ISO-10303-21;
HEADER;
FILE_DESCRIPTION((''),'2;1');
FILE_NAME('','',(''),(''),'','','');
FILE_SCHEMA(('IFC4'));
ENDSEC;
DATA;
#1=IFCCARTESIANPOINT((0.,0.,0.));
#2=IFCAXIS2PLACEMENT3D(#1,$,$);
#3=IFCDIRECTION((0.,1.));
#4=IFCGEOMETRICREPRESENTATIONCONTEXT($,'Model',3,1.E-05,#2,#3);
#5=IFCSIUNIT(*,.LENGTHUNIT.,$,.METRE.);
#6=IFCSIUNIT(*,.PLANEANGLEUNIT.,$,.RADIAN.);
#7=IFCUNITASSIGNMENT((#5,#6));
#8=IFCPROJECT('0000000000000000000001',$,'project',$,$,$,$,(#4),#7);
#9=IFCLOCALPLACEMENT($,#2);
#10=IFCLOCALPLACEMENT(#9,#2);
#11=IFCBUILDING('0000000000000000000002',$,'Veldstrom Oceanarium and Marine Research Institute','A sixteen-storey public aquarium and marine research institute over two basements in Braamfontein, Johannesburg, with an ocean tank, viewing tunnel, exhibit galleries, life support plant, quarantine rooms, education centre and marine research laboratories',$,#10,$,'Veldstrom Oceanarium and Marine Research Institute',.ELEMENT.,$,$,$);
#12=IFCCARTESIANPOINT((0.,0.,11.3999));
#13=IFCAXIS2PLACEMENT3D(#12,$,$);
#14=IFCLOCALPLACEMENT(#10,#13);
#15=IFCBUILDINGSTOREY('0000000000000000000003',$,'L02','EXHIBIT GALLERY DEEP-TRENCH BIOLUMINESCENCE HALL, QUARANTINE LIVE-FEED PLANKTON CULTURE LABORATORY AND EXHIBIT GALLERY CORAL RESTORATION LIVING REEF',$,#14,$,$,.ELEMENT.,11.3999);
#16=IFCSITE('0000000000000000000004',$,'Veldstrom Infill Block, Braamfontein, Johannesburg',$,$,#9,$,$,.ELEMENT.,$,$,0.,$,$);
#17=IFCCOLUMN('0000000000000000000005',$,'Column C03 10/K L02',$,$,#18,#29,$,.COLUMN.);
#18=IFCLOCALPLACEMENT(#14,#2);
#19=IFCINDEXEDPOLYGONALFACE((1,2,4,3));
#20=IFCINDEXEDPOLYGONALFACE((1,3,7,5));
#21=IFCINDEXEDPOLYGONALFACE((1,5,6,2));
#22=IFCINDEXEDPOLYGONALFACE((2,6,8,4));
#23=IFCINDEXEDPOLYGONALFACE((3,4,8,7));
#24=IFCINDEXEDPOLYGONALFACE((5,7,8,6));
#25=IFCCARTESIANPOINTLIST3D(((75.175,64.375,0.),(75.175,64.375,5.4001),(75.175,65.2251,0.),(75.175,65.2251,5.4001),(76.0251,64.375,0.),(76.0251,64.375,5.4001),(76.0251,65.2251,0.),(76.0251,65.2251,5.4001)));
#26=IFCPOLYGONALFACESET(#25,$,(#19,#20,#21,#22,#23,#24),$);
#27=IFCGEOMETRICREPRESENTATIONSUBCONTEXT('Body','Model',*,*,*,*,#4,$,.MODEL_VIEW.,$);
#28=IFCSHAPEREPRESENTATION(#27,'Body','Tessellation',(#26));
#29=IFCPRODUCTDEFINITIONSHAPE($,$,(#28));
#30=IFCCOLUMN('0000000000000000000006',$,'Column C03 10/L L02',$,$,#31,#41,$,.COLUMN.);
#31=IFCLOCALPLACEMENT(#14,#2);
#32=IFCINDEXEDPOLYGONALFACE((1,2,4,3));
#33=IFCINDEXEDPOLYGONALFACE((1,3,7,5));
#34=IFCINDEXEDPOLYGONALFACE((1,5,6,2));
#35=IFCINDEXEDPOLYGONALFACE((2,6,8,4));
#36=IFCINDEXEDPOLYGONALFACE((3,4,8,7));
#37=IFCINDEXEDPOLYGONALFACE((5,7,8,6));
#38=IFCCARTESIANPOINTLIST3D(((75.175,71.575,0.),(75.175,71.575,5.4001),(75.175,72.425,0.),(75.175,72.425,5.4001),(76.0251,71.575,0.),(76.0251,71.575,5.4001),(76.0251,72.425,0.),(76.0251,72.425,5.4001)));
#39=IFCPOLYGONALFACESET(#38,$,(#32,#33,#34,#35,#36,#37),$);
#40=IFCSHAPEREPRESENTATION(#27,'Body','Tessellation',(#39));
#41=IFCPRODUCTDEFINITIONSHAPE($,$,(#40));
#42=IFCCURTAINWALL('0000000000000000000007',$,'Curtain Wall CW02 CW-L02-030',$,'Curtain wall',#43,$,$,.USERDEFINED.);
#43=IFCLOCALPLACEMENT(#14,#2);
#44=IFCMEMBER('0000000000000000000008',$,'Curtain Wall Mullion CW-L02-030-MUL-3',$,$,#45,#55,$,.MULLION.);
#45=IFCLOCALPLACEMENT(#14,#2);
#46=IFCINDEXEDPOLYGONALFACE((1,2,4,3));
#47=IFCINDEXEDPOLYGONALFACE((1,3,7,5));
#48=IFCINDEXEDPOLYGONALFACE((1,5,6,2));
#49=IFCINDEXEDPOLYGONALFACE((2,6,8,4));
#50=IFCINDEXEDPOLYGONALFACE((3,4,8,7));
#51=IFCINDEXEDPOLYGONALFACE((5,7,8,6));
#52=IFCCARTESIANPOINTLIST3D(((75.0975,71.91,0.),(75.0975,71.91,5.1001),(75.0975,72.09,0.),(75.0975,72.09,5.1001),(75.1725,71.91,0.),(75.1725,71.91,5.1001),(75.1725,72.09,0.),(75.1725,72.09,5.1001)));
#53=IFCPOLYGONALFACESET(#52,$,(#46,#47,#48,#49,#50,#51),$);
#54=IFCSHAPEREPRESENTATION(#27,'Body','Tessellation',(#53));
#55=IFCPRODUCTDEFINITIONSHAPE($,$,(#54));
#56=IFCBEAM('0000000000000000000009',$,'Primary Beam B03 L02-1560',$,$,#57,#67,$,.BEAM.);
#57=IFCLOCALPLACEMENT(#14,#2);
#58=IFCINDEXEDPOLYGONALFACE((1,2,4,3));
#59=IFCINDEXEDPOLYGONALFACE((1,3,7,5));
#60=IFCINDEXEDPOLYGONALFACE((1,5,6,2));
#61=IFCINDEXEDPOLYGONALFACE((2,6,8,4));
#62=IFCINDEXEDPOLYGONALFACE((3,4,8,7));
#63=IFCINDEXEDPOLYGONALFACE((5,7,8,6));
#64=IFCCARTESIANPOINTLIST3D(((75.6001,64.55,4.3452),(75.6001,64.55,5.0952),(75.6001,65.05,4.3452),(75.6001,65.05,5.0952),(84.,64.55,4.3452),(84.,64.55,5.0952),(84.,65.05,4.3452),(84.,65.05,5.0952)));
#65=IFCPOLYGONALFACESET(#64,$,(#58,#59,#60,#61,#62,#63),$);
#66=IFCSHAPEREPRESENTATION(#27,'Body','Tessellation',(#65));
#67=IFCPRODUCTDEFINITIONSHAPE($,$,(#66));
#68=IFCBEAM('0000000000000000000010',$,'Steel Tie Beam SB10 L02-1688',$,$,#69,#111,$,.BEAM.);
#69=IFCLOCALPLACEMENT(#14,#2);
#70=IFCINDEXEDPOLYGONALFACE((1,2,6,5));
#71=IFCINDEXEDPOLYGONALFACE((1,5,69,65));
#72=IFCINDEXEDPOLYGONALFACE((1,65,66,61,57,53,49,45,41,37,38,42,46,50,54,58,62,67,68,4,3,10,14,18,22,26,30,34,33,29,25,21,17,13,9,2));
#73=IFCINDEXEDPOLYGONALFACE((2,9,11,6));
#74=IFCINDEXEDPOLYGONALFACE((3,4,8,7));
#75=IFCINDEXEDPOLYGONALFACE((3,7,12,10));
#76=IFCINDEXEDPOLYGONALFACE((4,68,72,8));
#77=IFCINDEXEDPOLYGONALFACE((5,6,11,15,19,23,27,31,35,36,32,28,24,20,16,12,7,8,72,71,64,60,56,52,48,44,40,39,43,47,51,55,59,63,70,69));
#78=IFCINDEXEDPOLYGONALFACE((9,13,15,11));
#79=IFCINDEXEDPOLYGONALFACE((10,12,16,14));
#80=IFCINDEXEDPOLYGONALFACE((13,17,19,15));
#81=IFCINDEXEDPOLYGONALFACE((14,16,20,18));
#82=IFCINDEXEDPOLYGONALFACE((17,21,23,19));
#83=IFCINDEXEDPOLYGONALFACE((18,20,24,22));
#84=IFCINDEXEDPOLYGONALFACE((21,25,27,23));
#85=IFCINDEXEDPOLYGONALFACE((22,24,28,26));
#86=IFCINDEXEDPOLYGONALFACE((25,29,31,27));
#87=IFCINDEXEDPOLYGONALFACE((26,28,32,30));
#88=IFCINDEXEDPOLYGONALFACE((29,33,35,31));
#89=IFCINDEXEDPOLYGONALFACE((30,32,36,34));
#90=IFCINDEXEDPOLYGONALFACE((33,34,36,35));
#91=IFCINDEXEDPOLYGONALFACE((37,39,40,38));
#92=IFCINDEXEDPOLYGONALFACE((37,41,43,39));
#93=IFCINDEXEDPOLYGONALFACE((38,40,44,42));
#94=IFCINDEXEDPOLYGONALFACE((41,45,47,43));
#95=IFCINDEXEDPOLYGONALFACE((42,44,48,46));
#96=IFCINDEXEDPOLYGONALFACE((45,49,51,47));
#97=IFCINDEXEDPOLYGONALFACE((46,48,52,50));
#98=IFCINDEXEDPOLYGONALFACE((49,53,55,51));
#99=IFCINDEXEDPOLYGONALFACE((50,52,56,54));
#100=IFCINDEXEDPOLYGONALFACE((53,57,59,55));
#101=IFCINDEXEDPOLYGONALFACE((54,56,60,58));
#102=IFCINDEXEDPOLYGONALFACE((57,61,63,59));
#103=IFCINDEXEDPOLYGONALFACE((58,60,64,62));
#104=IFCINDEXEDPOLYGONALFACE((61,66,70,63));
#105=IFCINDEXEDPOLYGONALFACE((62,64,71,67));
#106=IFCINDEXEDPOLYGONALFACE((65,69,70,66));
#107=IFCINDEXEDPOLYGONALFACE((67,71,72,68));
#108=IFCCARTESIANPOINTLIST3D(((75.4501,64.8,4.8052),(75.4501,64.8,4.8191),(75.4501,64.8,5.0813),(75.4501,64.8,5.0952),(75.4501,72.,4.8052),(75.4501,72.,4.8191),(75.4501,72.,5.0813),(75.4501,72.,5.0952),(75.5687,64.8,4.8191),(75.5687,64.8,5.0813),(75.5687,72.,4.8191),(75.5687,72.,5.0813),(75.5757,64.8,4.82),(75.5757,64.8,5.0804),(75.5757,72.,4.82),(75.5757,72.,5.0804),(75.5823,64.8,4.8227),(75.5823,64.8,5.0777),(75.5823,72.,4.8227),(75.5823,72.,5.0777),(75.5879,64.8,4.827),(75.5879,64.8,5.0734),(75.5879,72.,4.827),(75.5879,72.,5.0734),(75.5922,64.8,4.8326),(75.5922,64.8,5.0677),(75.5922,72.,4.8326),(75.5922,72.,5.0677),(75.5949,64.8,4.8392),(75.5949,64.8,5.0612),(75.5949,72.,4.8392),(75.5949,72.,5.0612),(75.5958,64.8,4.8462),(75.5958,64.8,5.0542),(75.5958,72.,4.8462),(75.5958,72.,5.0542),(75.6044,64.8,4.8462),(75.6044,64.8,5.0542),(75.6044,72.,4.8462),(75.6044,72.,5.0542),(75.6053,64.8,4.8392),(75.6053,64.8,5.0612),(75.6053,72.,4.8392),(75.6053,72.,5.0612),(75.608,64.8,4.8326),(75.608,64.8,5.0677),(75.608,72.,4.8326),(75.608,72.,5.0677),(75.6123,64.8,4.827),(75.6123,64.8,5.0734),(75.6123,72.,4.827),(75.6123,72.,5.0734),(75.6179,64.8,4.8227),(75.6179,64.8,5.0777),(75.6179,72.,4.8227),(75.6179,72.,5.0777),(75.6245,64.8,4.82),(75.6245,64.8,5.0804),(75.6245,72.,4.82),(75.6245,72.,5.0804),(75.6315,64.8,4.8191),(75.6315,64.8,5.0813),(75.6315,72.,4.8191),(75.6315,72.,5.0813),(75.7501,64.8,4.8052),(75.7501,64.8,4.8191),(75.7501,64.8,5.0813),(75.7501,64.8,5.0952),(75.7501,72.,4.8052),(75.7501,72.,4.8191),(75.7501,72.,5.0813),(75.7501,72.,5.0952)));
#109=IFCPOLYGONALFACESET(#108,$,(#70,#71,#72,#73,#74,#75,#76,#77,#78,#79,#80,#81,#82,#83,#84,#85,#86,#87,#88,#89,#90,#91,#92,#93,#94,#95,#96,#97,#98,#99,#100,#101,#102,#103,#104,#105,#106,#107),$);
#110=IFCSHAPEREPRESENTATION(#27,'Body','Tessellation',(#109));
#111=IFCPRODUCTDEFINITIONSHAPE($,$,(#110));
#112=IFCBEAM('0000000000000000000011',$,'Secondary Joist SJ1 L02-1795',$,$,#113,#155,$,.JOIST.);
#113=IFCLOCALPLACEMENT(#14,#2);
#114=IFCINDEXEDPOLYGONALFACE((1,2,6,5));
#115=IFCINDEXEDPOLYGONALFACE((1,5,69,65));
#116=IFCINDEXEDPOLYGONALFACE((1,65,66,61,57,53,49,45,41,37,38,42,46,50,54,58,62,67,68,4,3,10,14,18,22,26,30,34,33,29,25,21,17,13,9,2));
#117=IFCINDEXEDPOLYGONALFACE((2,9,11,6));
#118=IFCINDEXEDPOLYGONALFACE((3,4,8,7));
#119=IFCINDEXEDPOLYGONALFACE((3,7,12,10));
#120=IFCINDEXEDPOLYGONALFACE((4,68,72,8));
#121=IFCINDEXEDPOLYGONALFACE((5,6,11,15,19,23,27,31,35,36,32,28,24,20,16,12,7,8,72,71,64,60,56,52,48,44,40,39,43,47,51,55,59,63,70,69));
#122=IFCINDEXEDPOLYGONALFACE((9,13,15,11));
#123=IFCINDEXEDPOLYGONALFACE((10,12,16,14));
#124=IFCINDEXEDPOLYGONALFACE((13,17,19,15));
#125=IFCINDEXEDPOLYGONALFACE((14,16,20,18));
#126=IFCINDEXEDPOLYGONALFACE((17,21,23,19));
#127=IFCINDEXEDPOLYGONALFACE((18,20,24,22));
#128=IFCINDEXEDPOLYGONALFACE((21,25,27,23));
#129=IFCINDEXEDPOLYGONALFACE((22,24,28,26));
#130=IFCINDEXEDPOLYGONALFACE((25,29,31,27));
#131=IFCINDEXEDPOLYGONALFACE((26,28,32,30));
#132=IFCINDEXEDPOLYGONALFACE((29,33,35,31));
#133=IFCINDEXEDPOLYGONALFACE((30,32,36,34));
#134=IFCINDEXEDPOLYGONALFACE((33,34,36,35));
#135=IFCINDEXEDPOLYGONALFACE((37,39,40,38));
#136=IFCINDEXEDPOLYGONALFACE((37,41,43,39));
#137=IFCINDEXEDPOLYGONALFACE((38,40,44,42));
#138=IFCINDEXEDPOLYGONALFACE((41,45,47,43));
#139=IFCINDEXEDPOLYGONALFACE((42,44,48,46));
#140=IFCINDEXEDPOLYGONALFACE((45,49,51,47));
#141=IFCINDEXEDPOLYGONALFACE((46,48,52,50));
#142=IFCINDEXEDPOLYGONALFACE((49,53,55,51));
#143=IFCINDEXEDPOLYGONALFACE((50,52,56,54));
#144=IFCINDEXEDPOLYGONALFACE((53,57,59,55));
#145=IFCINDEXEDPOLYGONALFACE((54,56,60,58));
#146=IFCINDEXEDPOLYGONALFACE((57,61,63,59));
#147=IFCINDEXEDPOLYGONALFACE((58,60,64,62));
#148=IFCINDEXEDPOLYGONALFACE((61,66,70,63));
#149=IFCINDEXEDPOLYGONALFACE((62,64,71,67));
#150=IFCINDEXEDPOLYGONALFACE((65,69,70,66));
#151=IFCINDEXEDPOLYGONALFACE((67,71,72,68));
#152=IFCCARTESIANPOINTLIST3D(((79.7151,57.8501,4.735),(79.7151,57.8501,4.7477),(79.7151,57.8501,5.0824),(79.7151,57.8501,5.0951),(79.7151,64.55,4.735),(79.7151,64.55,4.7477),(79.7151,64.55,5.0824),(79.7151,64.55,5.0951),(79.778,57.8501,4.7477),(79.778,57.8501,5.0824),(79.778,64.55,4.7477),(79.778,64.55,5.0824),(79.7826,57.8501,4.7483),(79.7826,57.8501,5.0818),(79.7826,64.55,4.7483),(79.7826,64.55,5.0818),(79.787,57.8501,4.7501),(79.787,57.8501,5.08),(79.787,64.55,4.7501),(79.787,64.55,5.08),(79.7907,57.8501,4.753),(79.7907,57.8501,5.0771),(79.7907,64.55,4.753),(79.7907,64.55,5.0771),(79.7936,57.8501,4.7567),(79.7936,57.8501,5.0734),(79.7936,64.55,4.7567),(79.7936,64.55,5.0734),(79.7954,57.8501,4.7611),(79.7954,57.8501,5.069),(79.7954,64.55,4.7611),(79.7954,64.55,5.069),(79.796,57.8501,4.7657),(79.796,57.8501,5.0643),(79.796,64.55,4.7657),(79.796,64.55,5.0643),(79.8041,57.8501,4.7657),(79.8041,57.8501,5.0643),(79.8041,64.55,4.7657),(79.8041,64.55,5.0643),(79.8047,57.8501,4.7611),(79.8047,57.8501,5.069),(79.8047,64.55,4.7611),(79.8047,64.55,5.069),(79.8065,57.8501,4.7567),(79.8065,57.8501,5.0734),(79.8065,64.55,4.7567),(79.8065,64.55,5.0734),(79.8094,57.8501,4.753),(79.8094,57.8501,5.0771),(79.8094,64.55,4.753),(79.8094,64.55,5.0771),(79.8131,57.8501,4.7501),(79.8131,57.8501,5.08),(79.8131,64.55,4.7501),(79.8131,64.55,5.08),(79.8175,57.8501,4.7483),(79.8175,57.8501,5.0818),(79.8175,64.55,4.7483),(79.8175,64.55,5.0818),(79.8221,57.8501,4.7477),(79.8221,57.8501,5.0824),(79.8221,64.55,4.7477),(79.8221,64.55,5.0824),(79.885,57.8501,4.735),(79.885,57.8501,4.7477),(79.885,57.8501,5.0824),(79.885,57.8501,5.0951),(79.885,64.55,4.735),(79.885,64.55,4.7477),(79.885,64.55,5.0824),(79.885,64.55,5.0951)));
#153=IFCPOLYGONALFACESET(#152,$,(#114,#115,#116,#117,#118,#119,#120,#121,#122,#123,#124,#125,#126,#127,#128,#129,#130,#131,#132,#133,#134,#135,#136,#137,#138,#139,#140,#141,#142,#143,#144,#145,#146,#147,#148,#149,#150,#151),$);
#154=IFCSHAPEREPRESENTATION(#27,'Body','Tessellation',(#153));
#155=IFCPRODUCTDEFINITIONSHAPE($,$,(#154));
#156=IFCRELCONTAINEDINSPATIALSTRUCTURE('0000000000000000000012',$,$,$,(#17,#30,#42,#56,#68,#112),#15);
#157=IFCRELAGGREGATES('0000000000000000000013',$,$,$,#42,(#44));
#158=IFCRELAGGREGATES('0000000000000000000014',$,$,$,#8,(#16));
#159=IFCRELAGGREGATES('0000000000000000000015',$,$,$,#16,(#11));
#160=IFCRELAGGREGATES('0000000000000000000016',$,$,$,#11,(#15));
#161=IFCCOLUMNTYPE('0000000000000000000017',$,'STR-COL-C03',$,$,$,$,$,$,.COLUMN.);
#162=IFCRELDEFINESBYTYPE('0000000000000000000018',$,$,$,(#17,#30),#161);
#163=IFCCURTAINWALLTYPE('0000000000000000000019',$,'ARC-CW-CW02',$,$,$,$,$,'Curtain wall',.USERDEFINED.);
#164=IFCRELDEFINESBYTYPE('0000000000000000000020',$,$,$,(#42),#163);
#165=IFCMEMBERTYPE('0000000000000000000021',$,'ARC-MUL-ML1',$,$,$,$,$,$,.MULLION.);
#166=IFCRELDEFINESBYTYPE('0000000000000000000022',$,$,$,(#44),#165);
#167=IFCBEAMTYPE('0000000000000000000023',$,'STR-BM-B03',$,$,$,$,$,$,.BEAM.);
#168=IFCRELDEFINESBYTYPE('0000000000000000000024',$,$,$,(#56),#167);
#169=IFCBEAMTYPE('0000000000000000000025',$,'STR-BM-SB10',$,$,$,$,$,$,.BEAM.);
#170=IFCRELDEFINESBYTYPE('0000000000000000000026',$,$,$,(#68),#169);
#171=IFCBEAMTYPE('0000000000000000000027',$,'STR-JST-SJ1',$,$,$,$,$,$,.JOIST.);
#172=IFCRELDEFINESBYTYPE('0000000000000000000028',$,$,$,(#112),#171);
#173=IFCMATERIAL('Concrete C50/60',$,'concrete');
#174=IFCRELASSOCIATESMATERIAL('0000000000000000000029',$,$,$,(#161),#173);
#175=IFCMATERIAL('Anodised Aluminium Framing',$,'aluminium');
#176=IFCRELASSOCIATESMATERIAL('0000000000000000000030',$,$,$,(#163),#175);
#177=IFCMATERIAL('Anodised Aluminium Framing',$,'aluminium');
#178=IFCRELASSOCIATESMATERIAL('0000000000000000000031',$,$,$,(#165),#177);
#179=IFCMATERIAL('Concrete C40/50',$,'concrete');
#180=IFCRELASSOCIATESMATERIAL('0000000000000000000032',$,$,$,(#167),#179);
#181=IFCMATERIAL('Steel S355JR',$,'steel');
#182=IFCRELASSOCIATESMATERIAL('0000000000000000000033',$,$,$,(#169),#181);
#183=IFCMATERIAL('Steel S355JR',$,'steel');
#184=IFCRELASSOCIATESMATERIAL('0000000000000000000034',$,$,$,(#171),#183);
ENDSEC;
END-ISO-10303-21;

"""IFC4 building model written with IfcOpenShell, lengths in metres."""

from ifc_helpers import new_model, si_unit, direction, frame, origin, origin_2d, place, context, subcontext, project, spatial, rectangle, i_section, extrude, material, material_profile, profile_set, type_object, element, aggregate, save


model = new_model("IFC4")

# Units and contexts
model_context = context("Model", 3, precision=1e-05, world=origin(), true_north=direction((0.0, 1.0)))
body_context = subcontext(model_context, "Body", "Model", "MODEL_VIEW")
ifc_project = project(units=[si_unit("LENGTHUNIT", "METRE"), si_unit("PLANEANGLEUNIT", "RADIAN")], contexts=[model_context])

# Site, building, storey
site_placement = place(None, origin())
site = spatial("IfcSite", under=ifc_project, at=site_placement, Name="Veldstrom Infill Block, Braamfontein, Johannesburg", CompositionType="ELEMENT", RefElevation=0.0)
building_placement = place(site_placement, origin())
building = spatial("IfcBuilding", under=site, at=building_placement, Name="Veldstrom Oceanarium and Marine Research Institute", Description="A sixteen-storey public aquarium and marine research institute over two basements in Braamfontein, Johannesburg, with an ocean tank, viewing tunnel, exhibit galleries, life support plant, quarantine rooms, education centre and marine research laboratories", LongName="Veldstrom Oceanarium and Marine Research Institute", CompositionType="ELEMENT")
storey_placement = place(building_placement, frame((0.0, 0.0, 11.3999)))
storey = spatial("IfcBuildingStorey", under=building, at=storey_placement, Name="L02", Description="EXHIBIT GALLERY DEEP-TRENCH BIOLUMINESCENCE HALL, QUARANTINE LIVE-FEED PLANKTON CULTURE LABORATORY AND EXHIBIT GALLERY CORAL RESTORATION LIVING REEF", CompositionType="ELEMENT", Elevation=11.3999)

# Columns
ifc_material_1 = material(Name="Concrete C50/60", Category="concrete")
ifc_material_profile_1 = material_profile(ifc_material_1, rectangle(XDim=0.8501, YDim=0.8501, at=origin_2d()), Name="RC-COL-850x850")
ifc_profile_set_1 = profile_set([ifc_material_profile_1], Name="Concrete C50/60")
column_type = type_object("IfcColumnType", Name="STR-COL-C03", PredefinedType="COLUMN", material=ifc_profile_set_1)
for number, where, z_axis, x_axis, name in (
    (1, (75.6001, 64.8, 0.0), (0.0, 0.0, 1.0), (1.0, 0.0, 0.0), "Column C03 10/K L02"),
    (2, (75.6001, 72.0, 0.0), (0.0, 0.0, 1.0), (1.0, 0.0, 0.0), "Column C03 10/L L02"),
):
    element("IfcColumn", number, at=place(storey_placement, frame(where, z_axis=z_axis, x_axis=x_axis)), inside=storey, type_object=column_type, Name=name, PredefinedType="COLUMN", context=body_context, shape_type="SweptSolid", body=[
        extrude(rectangle(XDim=0.8501, YDim=0.8501, at=origin_2d()), origin(), (0.0, 0.0, 1.0), 5.4001),
    ])

# Curtain wall, member
ifc_material_2 = material(Name="Anodised Aluminium Framing", Category="aluminium")
curtain_wall_type = type_object("IfcCurtainWallType", Name="ARC-CW-CW02", ElementType="Curtain wall", PredefinedType="USERDEFINED", material=ifc_material_2)
curtain_wall_placement = place(storey_placement, origin())
curtain_wall = element("IfcCurtainWall", 3, at=curtain_wall_placement, inside=storey, type_object=curtain_wall_type, Name="Curtain Wall CW02 CW-L02-030", ObjectType="Curtain wall", PredefinedType="USERDEFINED")
ifc_material_3 = material(Name="Anodised Aluminium Framing", Category="aluminium")
ifc_material_profile_2 = material_profile(ifc_material_3, rectangle(XDim=0.075, YDim=0.1799, at=origin_2d()), Name="ALU-MUL-75x180")
ifc_profile_set_2 = profile_set([ifc_material_profile_2], Name="Anodised Aluminium Framing")
member_type = type_object("IfcMemberType", Name="ARC-MUL-ML1", PredefinedType="MULLION", material=ifc_profile_set_2)
member_placement = place(storey_placement, frame((75.135, 72.0, 0.0), z_axis=(0.0, 0.0, 1.0), x_axis=(1.0, 0.0, 0.0)))
member = element("IfcMember", 4, at=member_placement, type_object=member_type, Name="Curtain Wall Mullion CW-L02-030-MUL-3", PredefinedType="MULLION", context=body_context, shape_type="SweptSolid", body=[
    extrude(rectangle(XDim=0.075, YDim=0.1799, at=origin_2d()), origin(), (0.0, 0.0, 1.0), 5.1001),
])
aggregate(curtain_wall, [member])

# Beams
ifc_material_4 = material(Name="Concrete C40/50", Category="concrete")
ifc_material_profile_3 = material_profile(ifc_material_4, rectangle(XDim=0.5, YDim=0.75, at=origin_2d()), Name="RC-BM-500x750")
ifc_profile_set_3 = profile_set([ifc_material_profile_3], Name="Concrete C40/50")
beam_type_1 = type_object("IfcBeamType", Name="STR-BM-B03", PredefinedType="BEAM", material=ifc_profile_set_3)
beam_1_placement = place(storey_placement, frame((75.6001, 64.8, 4.7202), z_axis=(1.0, 0.0, 0.0), x_axis=(0.0, 1.0, 0.0)))
element("IfcBeam", 5, at=beam_1_placement, inside=storey, type_object=beam_type_1, Name="Primary Beam B03 L02-1560", PredefinedType="BEAM", context=body_context, shape_type="SweptSolid", body=[
    extrude(rectangle(XDim=0.5, YDim=0.75, at=origin_2d()), origin(), (0.0, 0.0, 1.0), 8.3999),
])
ifc_material_5 = material(Name="Steel S355JR", Category="steel")
ifc_material_profile_4 = material_profile(ifc_material_5, i_section(OverallWidth=0.3, OverallDepth=0.29, WebThickness=0.0085, FlangeThickness=0.0139, FilletRadius=0.0271, at=origin_2d()), Name="HEA 300")
ifc_profile_set_4 = profile_set([ifc_material_profile_4], Name="Steel S355JR")
beam_type_2 = type_object("IfcBeamType", Name="STR-BM-SB10", PredefinedType="BEAM", material=ifc_profile_set_4)
beam_2_placement = place(storey_placement, frame((75.6001, 64.8, 4.9502), z_axis=(0.0, 1.0, 0.0), x_axis=(-1.0, 0.0, 0.0)))
element("IfcBeam", 6, at=beam_2_placement, inside=storey, type_object=beam_type_2, Name="Steel Tie Beam SB10 L02-1688", PredefinedType="BEAM", context=body_context, shape_type="SweptSolid", body=[
    extrude(i_section(OverallWidth=0.3, OverallDepth=0.29, WebThickness=0.0085, FlangeThickness=0.0139, FilletRadius=0.0271, at=origin_2d()), origin(), (0.0, 0.0, 1.0), 7.2),
])
ifc_material_6 = material(Name="Steel S355JR", Category="steel")
ifc_material_profile_5 = material_profile(ifc_material_6, i_section(OverallWidth=0.1699, OverallDepth=0.3601, WebThickness=0.0081, FlangeThickness=0.0127, FilletRadius=0.0181, at=origin_2d()), Name="IPE 360")
ifc_profile_set_5 = profile_set([ifc_material_profile_5], Name="Steel S355JR")
beam_type_3 = type_object("IfcBeamType", Name="STR-JST-SJ1", PredefinedType="JOIST", material=ifc_profile_set_5)
beam_3_placement = place(storey_placement, frame((79.8, 57.8501, 4.915), z_axis=(0.0, 1.0, 0.0), x_axis=(-1.0, 0.0, 0.0)))
element("IfcBeam", 7, at=beam_3_placement, inside=storey, type_object=beam_type_3, Name="Secondary Joist SJ1 L02-1795", PredefinedType="JOIST", context=body_context, shape_type="SweptSolid", body=[
    extrude(i_section(OverallWidth=0.1699, OverallDepth=0.3601, WebThickness=0.0081, FlangeThickness=0.0127, FilletRadius=0.0181, at=origin_2d()), origin(), (0.0, 0.0, 1.0), 6.7),
])

save(model, "model.ifc")
